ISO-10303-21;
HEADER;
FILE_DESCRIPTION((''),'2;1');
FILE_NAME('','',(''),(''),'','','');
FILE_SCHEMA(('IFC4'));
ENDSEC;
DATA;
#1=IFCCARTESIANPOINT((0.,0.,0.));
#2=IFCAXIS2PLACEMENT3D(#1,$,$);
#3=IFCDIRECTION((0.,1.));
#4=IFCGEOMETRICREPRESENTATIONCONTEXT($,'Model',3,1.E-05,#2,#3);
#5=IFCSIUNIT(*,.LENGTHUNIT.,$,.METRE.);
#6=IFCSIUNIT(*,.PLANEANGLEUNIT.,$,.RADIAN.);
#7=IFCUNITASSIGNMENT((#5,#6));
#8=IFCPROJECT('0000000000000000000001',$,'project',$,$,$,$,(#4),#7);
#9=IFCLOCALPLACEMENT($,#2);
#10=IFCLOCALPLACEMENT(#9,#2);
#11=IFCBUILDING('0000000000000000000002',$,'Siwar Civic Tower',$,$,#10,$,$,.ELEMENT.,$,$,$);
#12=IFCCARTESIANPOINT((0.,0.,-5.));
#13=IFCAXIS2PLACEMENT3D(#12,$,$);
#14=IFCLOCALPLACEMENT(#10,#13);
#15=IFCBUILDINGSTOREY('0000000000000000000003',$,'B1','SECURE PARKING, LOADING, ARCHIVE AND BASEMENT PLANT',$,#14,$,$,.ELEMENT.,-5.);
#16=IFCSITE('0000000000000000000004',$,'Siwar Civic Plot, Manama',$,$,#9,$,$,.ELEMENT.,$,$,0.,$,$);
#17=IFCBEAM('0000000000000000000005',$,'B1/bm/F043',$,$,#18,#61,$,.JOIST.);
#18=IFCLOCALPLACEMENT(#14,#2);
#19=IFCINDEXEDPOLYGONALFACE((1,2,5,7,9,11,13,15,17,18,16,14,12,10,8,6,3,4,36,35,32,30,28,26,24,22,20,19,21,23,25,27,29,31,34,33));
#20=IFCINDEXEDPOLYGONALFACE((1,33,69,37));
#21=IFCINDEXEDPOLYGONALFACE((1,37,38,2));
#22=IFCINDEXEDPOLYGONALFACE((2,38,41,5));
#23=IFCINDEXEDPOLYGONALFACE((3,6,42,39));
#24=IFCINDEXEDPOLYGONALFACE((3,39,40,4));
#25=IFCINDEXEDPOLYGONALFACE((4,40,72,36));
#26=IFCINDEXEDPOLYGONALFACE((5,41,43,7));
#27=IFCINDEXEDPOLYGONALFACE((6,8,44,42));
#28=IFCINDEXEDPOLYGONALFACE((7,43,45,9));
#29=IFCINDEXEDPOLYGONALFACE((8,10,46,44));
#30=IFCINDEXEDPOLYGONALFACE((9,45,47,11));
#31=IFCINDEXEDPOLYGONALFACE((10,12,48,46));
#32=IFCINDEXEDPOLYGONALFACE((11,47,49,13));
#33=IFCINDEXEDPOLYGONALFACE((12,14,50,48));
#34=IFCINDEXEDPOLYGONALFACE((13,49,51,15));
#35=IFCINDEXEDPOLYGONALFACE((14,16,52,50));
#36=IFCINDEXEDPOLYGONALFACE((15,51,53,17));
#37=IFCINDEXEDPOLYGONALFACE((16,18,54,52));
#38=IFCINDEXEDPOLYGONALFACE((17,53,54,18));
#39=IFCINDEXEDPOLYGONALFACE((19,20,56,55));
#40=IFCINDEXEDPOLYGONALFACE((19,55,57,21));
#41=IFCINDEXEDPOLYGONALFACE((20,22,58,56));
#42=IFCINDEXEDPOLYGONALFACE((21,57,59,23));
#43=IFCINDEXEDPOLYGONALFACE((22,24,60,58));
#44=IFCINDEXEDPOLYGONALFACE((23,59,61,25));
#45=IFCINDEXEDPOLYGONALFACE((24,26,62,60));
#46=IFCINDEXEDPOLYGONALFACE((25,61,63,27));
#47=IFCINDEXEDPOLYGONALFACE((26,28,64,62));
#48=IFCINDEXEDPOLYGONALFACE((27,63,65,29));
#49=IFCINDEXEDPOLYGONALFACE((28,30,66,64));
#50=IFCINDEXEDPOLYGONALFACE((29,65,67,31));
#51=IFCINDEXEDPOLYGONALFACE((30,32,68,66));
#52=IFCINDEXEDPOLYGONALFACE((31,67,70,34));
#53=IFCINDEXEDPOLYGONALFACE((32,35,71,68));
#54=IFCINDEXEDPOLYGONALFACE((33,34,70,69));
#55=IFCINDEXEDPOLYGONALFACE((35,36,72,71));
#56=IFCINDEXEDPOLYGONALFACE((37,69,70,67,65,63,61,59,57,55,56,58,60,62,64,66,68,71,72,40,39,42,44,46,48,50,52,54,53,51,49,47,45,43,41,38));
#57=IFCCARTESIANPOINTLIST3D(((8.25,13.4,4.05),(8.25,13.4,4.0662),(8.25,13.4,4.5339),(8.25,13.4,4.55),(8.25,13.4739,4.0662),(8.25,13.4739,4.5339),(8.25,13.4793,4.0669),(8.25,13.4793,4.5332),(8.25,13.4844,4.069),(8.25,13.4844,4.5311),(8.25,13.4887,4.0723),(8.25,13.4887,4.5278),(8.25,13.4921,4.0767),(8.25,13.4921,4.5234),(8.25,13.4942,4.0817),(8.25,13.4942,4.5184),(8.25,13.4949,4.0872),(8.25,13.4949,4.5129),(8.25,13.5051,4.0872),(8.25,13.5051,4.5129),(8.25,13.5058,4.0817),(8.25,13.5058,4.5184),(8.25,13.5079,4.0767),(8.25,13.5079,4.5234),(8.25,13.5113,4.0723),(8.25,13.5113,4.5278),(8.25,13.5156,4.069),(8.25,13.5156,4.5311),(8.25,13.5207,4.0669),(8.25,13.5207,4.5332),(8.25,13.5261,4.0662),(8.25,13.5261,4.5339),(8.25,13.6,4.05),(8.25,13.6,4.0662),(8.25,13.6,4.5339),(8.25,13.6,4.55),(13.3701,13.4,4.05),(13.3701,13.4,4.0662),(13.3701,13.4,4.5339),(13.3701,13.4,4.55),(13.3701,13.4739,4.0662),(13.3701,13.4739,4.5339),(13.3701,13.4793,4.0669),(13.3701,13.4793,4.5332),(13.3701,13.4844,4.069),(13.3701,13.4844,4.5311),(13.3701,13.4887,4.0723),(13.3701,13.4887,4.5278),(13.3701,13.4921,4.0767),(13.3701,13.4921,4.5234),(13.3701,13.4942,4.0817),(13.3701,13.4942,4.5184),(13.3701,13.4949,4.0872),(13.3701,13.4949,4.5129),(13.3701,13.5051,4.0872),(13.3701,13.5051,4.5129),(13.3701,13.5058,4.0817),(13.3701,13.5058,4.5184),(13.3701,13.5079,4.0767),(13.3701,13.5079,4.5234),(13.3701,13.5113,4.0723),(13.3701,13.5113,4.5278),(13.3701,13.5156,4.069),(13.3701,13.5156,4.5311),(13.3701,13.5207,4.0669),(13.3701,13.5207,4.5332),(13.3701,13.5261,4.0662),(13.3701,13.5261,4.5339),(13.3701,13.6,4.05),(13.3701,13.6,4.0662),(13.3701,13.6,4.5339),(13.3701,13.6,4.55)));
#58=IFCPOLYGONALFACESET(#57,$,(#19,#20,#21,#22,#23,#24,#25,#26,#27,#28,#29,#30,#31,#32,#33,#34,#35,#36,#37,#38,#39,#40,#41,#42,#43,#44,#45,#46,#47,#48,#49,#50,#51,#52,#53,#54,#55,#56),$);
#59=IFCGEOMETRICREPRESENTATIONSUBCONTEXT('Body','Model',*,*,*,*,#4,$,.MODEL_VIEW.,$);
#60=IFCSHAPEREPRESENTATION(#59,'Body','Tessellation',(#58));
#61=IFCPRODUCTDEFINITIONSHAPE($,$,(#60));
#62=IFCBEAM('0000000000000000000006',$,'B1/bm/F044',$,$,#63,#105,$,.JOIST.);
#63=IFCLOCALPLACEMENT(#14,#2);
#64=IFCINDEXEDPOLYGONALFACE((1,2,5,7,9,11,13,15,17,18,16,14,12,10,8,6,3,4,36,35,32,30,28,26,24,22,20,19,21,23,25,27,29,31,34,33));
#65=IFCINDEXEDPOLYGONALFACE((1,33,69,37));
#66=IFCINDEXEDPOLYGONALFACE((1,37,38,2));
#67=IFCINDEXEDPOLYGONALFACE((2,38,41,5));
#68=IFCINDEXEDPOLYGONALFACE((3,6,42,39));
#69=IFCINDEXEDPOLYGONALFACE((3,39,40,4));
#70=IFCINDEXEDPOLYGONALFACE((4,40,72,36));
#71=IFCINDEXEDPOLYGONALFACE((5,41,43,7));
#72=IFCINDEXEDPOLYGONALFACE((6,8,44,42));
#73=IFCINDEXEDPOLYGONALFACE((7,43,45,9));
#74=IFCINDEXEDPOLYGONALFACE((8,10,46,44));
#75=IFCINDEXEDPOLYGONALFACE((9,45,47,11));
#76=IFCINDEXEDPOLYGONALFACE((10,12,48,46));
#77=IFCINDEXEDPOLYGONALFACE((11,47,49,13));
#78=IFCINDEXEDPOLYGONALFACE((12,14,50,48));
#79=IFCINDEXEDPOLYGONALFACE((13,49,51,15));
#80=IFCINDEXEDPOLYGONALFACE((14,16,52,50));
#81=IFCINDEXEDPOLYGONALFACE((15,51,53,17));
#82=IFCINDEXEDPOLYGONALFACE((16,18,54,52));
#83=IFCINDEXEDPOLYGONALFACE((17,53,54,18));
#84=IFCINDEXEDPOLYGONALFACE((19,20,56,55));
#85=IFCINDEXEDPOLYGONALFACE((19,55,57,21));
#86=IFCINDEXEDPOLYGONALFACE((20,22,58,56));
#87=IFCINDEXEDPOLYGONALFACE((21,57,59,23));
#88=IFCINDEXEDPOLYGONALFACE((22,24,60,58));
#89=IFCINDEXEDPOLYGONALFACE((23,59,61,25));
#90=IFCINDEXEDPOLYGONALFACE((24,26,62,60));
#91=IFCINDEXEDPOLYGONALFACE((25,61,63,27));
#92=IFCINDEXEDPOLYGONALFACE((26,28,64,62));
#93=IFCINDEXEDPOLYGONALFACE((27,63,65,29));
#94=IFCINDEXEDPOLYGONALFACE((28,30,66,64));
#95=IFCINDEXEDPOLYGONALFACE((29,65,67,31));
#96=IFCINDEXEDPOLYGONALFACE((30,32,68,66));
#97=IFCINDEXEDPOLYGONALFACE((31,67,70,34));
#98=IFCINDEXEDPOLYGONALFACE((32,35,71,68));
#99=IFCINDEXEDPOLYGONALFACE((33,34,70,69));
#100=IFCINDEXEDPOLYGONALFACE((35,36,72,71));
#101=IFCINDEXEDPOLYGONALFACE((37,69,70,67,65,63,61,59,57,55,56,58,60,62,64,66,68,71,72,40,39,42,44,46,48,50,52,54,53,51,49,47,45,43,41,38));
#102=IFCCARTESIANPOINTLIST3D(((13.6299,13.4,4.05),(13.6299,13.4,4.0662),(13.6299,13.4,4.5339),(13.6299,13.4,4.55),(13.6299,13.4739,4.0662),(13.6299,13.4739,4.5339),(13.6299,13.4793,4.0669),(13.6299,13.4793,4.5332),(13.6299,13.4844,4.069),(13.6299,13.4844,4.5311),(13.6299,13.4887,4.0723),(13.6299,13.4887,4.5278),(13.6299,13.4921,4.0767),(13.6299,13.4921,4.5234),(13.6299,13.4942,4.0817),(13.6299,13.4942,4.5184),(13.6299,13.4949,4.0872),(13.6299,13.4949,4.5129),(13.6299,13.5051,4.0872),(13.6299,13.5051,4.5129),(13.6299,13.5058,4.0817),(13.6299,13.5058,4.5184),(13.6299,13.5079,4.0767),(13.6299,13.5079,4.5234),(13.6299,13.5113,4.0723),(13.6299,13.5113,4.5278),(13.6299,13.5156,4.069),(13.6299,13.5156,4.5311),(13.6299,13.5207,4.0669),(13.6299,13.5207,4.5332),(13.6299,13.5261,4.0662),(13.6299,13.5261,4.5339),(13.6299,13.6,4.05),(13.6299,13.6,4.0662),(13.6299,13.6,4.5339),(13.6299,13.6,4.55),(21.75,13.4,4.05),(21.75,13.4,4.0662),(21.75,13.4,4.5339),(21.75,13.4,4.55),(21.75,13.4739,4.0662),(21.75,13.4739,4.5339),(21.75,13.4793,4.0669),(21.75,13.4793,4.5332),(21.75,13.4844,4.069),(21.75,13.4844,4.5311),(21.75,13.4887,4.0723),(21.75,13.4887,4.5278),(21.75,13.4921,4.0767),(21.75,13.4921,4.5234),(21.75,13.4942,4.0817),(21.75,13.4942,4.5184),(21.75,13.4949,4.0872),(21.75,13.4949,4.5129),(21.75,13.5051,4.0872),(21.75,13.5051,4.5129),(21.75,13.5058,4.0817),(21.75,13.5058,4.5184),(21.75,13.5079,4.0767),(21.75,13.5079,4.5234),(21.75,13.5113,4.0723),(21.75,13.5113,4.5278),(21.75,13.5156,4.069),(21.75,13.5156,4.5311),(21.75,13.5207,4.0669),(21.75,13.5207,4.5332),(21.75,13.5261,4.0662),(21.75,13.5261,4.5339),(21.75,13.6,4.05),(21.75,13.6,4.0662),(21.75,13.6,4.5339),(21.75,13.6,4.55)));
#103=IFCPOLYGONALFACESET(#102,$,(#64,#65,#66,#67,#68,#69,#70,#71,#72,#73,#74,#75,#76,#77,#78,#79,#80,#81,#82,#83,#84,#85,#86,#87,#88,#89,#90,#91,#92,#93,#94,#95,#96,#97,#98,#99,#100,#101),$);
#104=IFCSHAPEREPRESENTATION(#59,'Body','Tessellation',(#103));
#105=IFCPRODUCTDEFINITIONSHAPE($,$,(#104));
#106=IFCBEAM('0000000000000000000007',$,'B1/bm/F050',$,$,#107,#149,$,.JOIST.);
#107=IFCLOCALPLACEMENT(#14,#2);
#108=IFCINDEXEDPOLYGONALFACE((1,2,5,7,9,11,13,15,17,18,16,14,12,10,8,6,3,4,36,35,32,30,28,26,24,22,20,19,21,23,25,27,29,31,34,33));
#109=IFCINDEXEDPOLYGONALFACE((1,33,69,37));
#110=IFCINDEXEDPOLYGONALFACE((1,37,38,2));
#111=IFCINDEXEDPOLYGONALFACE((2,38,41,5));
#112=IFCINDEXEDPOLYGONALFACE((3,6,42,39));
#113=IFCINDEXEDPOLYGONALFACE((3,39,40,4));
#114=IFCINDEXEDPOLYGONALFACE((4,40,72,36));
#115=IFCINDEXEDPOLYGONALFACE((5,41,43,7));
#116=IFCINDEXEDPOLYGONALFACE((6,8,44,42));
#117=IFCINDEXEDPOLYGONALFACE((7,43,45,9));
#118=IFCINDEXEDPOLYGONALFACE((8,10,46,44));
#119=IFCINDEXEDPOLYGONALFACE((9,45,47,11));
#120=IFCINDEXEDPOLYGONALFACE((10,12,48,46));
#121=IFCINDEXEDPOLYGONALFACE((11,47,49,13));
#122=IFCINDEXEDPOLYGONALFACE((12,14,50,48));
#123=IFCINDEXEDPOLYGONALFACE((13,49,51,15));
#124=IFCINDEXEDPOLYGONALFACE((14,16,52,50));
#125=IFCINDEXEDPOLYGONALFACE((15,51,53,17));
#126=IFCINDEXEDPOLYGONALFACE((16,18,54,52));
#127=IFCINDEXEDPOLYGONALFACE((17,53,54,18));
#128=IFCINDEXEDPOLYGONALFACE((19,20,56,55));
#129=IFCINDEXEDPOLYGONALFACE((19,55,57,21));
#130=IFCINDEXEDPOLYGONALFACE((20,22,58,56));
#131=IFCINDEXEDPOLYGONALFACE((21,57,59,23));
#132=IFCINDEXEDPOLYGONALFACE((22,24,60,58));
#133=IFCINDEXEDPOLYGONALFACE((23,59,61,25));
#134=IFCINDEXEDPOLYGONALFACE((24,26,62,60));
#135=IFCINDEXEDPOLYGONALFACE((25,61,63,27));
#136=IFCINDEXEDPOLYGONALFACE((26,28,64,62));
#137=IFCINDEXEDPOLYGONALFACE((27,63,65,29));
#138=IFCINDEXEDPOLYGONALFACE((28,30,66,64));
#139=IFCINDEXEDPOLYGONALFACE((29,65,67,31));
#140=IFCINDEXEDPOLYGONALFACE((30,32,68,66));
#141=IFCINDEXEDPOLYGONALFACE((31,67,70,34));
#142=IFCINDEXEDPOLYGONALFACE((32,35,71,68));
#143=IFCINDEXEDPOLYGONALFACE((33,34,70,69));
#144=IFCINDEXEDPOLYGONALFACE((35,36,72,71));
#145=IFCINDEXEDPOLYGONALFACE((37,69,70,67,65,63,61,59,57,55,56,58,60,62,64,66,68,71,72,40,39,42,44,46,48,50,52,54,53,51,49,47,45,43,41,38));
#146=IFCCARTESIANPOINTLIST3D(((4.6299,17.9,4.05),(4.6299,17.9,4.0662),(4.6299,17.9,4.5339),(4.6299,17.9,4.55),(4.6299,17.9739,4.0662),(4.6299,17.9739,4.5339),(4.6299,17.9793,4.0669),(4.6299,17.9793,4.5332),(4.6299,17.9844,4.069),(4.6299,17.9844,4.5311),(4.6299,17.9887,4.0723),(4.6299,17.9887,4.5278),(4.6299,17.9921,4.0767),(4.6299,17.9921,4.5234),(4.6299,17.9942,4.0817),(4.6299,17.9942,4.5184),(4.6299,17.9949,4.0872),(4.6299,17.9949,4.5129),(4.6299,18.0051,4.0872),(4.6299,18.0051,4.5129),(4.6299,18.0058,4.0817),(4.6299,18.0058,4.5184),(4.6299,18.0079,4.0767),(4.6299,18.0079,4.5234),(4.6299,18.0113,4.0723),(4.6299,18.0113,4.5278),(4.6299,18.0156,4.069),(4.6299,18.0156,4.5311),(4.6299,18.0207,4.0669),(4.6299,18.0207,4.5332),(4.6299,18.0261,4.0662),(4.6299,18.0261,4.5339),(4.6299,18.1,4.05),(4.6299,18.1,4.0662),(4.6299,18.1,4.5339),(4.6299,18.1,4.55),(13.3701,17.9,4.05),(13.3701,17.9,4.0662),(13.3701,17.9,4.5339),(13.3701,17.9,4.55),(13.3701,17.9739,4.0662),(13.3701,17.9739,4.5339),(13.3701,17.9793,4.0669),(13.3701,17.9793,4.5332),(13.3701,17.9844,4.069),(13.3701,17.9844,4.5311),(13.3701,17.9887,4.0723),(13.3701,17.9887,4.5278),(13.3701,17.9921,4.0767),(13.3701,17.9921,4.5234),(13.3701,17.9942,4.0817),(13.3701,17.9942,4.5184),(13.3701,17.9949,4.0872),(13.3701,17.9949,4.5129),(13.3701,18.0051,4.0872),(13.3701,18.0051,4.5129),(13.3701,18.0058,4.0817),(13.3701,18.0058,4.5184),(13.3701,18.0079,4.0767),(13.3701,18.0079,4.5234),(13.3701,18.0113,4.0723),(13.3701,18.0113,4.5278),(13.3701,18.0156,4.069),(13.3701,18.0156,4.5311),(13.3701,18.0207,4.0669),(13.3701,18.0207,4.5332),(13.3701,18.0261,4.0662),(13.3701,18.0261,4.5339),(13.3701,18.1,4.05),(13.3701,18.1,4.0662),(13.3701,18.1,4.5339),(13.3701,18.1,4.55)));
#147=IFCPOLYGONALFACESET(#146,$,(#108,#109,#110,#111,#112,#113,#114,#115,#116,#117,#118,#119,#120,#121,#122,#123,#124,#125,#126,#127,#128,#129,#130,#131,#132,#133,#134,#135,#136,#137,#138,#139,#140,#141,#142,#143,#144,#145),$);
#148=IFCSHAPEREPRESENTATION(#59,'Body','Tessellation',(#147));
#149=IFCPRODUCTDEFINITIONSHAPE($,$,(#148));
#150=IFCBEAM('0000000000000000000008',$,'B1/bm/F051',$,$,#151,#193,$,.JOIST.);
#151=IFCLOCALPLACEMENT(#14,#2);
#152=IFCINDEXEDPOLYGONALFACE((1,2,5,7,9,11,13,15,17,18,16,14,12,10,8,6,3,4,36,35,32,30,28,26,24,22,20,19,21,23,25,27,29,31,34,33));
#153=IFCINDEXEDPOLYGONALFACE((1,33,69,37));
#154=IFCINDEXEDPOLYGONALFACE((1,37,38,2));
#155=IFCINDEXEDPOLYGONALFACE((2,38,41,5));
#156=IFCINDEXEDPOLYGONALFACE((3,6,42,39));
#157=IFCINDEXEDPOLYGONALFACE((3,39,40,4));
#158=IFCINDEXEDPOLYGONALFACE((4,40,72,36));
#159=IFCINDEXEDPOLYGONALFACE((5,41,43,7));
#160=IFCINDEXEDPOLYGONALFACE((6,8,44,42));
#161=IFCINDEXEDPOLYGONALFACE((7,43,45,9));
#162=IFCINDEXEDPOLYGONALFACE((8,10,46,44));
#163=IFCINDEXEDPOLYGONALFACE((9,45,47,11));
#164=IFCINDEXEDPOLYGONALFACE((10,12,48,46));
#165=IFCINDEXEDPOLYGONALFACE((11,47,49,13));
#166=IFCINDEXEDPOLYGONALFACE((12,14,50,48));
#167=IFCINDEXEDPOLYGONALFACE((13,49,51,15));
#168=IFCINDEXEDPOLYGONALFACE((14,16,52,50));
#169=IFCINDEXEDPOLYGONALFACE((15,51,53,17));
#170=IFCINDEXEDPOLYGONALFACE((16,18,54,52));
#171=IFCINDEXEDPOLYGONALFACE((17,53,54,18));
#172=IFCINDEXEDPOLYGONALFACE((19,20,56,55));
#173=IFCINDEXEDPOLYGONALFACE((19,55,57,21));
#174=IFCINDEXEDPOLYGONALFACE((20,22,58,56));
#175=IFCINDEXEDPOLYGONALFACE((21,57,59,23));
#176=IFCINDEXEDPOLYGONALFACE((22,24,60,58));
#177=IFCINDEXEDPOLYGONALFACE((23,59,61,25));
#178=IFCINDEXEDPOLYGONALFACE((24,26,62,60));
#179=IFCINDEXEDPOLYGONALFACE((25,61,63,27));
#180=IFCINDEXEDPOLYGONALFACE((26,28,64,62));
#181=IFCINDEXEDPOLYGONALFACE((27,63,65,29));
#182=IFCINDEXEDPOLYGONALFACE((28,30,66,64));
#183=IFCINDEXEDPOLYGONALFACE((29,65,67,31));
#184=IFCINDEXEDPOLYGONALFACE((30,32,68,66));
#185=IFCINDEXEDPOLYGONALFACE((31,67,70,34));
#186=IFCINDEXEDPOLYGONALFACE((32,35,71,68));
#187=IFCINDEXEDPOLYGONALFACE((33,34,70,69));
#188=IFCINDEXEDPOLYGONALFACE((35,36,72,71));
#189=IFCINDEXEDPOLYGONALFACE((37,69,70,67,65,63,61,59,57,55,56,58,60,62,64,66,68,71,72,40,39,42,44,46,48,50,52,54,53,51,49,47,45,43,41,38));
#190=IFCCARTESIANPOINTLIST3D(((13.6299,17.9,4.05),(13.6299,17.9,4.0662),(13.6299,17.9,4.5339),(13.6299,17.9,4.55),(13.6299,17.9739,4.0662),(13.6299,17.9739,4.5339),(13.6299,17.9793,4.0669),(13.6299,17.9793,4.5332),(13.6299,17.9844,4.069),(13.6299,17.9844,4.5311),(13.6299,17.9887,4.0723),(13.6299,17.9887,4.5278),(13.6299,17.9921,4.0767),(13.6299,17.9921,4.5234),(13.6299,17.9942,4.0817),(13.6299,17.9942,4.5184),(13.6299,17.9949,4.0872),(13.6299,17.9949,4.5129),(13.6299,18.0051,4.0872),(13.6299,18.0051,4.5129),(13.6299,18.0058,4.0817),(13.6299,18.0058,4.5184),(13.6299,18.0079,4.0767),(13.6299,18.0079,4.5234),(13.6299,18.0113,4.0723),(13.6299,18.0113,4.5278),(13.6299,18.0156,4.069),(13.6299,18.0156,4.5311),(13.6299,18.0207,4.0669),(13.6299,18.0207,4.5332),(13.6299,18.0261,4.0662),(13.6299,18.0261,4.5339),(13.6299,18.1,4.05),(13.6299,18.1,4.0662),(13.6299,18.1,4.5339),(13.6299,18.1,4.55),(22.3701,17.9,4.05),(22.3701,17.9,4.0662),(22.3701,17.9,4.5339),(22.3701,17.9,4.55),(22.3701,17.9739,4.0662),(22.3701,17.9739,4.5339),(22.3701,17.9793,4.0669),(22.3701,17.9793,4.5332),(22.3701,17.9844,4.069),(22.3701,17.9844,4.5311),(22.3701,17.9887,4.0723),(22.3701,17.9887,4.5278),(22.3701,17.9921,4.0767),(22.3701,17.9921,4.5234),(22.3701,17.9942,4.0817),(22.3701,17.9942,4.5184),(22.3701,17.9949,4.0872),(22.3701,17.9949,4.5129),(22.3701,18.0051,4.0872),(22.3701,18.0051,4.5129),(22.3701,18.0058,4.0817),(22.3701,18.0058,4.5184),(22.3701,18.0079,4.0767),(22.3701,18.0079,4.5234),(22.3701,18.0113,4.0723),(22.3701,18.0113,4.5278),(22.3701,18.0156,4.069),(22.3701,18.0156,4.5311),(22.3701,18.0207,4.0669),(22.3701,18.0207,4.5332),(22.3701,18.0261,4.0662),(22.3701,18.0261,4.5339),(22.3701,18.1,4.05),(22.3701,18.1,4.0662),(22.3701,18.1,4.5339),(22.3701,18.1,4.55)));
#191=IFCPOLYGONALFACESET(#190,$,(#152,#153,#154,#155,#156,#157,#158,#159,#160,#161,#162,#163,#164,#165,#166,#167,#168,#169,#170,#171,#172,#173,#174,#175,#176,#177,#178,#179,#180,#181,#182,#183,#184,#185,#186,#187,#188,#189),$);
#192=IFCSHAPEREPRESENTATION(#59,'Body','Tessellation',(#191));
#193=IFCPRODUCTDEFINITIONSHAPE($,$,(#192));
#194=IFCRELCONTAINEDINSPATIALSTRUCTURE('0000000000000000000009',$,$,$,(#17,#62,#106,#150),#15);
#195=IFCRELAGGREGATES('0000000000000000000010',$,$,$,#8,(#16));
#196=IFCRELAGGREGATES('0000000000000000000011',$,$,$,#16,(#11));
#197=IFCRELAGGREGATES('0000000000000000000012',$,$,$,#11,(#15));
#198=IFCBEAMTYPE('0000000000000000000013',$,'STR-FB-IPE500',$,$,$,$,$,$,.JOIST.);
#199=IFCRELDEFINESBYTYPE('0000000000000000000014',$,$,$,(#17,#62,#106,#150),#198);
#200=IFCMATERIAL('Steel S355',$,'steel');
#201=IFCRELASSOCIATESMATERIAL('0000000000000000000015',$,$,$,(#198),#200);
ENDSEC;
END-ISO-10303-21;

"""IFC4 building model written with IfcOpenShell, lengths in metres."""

from ifc_helpers import new_model, si_unit, direction, frame, origin, origin_2d, place, context, subcontext, project, spatial, i_section, extrude, material, material_profile, profile_set, type_object, element, save


model = new_model("IFC4")

# Units and contexts
model_context = context("Model", 3, precision=1e-05, world=origin(), true_north=direction((0.0, 1.0)))
body_context = subcontext(model_context, "Body", "Model", "MODEL_VIEW")
ifc_project = project(units=[si_unit("LENGTHUNIT", "METRE"), si_unit("PLANEANGLEUNIT", "RADIAN")], contexts=[model_context])

# Site, building, storey
site_placement = place(None, origin())
site = spatial("IfcSite", under=ifc_project, at=site_placement, Name="Siwar Civic Plot, Manama", CompositionType="ELEMENT", RefElevation=0.0)
building_placement = place(site_placement, origin())
building = spatial("IfcBuilding", under=site, at=building_placement, Name="Siwar Civic Tower", CompositionType="ELEMENT")
storey_placement = place(building_placement, frame((0.0, 0.0, -5.0)))
storey = spatial("IfcBuildingStorey", under=building, at=storey_placement, Name="B1", Description="SECURE PARKING, LOADING, ARCHIVE AND BASEMENT PLANT", CompositionType="ELEMENT", Elevation=-5.0)

# Beams
ifc_material_1 = material(Name="Steel S355", Category="steel")
ifc_material_profile_1 = material_profile(ifc_material_1, i_section(OverallWidth=0.2, OverallDepth=0.5, WebThickness=0.0103, FlangeThickness=0.0161, FilletRadius=0.021, at=origin_2d()), Name="IPE500")
ifc_profile_set_1 = profile_set([ifc_material_profile_1], Name="Steel S355")
beam_type_1 = type_object("IfcBeamType", Name="STR-FB-IPE500", PredefinedType="JOIST", material=ifc_profile_set_1)
beam_1_placement = place(storey_placement, frame((8.25, 13.5, 4.3), z_axis=(1.0, 0.0, 0.0), x_axis=(0.0, 1.0, 0.0)))
element("IfcBeam", 1, at=beam_1_placement, inside=storey, type_object=beam_type_1, Name="B1/bm/F043", PredefinedType="JOIST", context=body_context, shape_type="SweptSolid", body=[
    extrude(i_section(OverallWidth=0.2, OverallDepth=0.5, WebThickness=0.0103, FlangeThickness=0.0161, FilletRadius=0.021, at=origin_2d()), origin(), (0.0, 0.0, 1.0), 5.1201),
])
beam_2_placement = place(storey_placement, frame((13.6299, 13.5, 4.3), z_axis=(1.0, 0.0, 0.0), x_axis=(0.0, 1.0, 0.0)))
element("IfcBeam", 2, at=beam_2_placement, inside=storey, type_object=beam_type_1, Name="B1/bm/F044", PredefinedType="JOIST", context=body_context, shape_type="SweptSolid", body=[
    extrude(i_section(OverallWidth=0.2, OverallDepth=0.5, WebThickness=0.0103, FlangeThickness=0.0161, FilletRadius=0.021, at=origin_2d()), origin(), (0.0, 0.0, 1.0), 8.1201),
])
for number, where, z_axis, x_axis, name in (
    (3, (4.6299, 18.0, 4.3), (1.0, 0.0, 0.0), (0.0, 1.0, 0.0), "B1/bm/F050"),
    (4, (13.6299, 18.0, 4.3), (1.0, 0.0, 0.0), (0.0, 1.0, 0.0), "B1/bm/F051"),
):
    element("IfcBeam", number, at=place(storey_placement, frame(where, z_axis=z_axis, x_axis=x_axis)), inside=storey, type_object=beam_type_1, Name=name, PredefinedType="JOIST", context=body_context, shape_type="SweptSolid", body=[
        extrude(i_section(OverallWidth=0.2, OverallDepth=0.5, WebThickness=0.0103, FlangeThickness=0.0161, FilletRadius=0.021, at=origin_2d()), origin(), (0.0, 0.0, 1.0), 8.7402),
    ])

save(model, "model.ifc")
